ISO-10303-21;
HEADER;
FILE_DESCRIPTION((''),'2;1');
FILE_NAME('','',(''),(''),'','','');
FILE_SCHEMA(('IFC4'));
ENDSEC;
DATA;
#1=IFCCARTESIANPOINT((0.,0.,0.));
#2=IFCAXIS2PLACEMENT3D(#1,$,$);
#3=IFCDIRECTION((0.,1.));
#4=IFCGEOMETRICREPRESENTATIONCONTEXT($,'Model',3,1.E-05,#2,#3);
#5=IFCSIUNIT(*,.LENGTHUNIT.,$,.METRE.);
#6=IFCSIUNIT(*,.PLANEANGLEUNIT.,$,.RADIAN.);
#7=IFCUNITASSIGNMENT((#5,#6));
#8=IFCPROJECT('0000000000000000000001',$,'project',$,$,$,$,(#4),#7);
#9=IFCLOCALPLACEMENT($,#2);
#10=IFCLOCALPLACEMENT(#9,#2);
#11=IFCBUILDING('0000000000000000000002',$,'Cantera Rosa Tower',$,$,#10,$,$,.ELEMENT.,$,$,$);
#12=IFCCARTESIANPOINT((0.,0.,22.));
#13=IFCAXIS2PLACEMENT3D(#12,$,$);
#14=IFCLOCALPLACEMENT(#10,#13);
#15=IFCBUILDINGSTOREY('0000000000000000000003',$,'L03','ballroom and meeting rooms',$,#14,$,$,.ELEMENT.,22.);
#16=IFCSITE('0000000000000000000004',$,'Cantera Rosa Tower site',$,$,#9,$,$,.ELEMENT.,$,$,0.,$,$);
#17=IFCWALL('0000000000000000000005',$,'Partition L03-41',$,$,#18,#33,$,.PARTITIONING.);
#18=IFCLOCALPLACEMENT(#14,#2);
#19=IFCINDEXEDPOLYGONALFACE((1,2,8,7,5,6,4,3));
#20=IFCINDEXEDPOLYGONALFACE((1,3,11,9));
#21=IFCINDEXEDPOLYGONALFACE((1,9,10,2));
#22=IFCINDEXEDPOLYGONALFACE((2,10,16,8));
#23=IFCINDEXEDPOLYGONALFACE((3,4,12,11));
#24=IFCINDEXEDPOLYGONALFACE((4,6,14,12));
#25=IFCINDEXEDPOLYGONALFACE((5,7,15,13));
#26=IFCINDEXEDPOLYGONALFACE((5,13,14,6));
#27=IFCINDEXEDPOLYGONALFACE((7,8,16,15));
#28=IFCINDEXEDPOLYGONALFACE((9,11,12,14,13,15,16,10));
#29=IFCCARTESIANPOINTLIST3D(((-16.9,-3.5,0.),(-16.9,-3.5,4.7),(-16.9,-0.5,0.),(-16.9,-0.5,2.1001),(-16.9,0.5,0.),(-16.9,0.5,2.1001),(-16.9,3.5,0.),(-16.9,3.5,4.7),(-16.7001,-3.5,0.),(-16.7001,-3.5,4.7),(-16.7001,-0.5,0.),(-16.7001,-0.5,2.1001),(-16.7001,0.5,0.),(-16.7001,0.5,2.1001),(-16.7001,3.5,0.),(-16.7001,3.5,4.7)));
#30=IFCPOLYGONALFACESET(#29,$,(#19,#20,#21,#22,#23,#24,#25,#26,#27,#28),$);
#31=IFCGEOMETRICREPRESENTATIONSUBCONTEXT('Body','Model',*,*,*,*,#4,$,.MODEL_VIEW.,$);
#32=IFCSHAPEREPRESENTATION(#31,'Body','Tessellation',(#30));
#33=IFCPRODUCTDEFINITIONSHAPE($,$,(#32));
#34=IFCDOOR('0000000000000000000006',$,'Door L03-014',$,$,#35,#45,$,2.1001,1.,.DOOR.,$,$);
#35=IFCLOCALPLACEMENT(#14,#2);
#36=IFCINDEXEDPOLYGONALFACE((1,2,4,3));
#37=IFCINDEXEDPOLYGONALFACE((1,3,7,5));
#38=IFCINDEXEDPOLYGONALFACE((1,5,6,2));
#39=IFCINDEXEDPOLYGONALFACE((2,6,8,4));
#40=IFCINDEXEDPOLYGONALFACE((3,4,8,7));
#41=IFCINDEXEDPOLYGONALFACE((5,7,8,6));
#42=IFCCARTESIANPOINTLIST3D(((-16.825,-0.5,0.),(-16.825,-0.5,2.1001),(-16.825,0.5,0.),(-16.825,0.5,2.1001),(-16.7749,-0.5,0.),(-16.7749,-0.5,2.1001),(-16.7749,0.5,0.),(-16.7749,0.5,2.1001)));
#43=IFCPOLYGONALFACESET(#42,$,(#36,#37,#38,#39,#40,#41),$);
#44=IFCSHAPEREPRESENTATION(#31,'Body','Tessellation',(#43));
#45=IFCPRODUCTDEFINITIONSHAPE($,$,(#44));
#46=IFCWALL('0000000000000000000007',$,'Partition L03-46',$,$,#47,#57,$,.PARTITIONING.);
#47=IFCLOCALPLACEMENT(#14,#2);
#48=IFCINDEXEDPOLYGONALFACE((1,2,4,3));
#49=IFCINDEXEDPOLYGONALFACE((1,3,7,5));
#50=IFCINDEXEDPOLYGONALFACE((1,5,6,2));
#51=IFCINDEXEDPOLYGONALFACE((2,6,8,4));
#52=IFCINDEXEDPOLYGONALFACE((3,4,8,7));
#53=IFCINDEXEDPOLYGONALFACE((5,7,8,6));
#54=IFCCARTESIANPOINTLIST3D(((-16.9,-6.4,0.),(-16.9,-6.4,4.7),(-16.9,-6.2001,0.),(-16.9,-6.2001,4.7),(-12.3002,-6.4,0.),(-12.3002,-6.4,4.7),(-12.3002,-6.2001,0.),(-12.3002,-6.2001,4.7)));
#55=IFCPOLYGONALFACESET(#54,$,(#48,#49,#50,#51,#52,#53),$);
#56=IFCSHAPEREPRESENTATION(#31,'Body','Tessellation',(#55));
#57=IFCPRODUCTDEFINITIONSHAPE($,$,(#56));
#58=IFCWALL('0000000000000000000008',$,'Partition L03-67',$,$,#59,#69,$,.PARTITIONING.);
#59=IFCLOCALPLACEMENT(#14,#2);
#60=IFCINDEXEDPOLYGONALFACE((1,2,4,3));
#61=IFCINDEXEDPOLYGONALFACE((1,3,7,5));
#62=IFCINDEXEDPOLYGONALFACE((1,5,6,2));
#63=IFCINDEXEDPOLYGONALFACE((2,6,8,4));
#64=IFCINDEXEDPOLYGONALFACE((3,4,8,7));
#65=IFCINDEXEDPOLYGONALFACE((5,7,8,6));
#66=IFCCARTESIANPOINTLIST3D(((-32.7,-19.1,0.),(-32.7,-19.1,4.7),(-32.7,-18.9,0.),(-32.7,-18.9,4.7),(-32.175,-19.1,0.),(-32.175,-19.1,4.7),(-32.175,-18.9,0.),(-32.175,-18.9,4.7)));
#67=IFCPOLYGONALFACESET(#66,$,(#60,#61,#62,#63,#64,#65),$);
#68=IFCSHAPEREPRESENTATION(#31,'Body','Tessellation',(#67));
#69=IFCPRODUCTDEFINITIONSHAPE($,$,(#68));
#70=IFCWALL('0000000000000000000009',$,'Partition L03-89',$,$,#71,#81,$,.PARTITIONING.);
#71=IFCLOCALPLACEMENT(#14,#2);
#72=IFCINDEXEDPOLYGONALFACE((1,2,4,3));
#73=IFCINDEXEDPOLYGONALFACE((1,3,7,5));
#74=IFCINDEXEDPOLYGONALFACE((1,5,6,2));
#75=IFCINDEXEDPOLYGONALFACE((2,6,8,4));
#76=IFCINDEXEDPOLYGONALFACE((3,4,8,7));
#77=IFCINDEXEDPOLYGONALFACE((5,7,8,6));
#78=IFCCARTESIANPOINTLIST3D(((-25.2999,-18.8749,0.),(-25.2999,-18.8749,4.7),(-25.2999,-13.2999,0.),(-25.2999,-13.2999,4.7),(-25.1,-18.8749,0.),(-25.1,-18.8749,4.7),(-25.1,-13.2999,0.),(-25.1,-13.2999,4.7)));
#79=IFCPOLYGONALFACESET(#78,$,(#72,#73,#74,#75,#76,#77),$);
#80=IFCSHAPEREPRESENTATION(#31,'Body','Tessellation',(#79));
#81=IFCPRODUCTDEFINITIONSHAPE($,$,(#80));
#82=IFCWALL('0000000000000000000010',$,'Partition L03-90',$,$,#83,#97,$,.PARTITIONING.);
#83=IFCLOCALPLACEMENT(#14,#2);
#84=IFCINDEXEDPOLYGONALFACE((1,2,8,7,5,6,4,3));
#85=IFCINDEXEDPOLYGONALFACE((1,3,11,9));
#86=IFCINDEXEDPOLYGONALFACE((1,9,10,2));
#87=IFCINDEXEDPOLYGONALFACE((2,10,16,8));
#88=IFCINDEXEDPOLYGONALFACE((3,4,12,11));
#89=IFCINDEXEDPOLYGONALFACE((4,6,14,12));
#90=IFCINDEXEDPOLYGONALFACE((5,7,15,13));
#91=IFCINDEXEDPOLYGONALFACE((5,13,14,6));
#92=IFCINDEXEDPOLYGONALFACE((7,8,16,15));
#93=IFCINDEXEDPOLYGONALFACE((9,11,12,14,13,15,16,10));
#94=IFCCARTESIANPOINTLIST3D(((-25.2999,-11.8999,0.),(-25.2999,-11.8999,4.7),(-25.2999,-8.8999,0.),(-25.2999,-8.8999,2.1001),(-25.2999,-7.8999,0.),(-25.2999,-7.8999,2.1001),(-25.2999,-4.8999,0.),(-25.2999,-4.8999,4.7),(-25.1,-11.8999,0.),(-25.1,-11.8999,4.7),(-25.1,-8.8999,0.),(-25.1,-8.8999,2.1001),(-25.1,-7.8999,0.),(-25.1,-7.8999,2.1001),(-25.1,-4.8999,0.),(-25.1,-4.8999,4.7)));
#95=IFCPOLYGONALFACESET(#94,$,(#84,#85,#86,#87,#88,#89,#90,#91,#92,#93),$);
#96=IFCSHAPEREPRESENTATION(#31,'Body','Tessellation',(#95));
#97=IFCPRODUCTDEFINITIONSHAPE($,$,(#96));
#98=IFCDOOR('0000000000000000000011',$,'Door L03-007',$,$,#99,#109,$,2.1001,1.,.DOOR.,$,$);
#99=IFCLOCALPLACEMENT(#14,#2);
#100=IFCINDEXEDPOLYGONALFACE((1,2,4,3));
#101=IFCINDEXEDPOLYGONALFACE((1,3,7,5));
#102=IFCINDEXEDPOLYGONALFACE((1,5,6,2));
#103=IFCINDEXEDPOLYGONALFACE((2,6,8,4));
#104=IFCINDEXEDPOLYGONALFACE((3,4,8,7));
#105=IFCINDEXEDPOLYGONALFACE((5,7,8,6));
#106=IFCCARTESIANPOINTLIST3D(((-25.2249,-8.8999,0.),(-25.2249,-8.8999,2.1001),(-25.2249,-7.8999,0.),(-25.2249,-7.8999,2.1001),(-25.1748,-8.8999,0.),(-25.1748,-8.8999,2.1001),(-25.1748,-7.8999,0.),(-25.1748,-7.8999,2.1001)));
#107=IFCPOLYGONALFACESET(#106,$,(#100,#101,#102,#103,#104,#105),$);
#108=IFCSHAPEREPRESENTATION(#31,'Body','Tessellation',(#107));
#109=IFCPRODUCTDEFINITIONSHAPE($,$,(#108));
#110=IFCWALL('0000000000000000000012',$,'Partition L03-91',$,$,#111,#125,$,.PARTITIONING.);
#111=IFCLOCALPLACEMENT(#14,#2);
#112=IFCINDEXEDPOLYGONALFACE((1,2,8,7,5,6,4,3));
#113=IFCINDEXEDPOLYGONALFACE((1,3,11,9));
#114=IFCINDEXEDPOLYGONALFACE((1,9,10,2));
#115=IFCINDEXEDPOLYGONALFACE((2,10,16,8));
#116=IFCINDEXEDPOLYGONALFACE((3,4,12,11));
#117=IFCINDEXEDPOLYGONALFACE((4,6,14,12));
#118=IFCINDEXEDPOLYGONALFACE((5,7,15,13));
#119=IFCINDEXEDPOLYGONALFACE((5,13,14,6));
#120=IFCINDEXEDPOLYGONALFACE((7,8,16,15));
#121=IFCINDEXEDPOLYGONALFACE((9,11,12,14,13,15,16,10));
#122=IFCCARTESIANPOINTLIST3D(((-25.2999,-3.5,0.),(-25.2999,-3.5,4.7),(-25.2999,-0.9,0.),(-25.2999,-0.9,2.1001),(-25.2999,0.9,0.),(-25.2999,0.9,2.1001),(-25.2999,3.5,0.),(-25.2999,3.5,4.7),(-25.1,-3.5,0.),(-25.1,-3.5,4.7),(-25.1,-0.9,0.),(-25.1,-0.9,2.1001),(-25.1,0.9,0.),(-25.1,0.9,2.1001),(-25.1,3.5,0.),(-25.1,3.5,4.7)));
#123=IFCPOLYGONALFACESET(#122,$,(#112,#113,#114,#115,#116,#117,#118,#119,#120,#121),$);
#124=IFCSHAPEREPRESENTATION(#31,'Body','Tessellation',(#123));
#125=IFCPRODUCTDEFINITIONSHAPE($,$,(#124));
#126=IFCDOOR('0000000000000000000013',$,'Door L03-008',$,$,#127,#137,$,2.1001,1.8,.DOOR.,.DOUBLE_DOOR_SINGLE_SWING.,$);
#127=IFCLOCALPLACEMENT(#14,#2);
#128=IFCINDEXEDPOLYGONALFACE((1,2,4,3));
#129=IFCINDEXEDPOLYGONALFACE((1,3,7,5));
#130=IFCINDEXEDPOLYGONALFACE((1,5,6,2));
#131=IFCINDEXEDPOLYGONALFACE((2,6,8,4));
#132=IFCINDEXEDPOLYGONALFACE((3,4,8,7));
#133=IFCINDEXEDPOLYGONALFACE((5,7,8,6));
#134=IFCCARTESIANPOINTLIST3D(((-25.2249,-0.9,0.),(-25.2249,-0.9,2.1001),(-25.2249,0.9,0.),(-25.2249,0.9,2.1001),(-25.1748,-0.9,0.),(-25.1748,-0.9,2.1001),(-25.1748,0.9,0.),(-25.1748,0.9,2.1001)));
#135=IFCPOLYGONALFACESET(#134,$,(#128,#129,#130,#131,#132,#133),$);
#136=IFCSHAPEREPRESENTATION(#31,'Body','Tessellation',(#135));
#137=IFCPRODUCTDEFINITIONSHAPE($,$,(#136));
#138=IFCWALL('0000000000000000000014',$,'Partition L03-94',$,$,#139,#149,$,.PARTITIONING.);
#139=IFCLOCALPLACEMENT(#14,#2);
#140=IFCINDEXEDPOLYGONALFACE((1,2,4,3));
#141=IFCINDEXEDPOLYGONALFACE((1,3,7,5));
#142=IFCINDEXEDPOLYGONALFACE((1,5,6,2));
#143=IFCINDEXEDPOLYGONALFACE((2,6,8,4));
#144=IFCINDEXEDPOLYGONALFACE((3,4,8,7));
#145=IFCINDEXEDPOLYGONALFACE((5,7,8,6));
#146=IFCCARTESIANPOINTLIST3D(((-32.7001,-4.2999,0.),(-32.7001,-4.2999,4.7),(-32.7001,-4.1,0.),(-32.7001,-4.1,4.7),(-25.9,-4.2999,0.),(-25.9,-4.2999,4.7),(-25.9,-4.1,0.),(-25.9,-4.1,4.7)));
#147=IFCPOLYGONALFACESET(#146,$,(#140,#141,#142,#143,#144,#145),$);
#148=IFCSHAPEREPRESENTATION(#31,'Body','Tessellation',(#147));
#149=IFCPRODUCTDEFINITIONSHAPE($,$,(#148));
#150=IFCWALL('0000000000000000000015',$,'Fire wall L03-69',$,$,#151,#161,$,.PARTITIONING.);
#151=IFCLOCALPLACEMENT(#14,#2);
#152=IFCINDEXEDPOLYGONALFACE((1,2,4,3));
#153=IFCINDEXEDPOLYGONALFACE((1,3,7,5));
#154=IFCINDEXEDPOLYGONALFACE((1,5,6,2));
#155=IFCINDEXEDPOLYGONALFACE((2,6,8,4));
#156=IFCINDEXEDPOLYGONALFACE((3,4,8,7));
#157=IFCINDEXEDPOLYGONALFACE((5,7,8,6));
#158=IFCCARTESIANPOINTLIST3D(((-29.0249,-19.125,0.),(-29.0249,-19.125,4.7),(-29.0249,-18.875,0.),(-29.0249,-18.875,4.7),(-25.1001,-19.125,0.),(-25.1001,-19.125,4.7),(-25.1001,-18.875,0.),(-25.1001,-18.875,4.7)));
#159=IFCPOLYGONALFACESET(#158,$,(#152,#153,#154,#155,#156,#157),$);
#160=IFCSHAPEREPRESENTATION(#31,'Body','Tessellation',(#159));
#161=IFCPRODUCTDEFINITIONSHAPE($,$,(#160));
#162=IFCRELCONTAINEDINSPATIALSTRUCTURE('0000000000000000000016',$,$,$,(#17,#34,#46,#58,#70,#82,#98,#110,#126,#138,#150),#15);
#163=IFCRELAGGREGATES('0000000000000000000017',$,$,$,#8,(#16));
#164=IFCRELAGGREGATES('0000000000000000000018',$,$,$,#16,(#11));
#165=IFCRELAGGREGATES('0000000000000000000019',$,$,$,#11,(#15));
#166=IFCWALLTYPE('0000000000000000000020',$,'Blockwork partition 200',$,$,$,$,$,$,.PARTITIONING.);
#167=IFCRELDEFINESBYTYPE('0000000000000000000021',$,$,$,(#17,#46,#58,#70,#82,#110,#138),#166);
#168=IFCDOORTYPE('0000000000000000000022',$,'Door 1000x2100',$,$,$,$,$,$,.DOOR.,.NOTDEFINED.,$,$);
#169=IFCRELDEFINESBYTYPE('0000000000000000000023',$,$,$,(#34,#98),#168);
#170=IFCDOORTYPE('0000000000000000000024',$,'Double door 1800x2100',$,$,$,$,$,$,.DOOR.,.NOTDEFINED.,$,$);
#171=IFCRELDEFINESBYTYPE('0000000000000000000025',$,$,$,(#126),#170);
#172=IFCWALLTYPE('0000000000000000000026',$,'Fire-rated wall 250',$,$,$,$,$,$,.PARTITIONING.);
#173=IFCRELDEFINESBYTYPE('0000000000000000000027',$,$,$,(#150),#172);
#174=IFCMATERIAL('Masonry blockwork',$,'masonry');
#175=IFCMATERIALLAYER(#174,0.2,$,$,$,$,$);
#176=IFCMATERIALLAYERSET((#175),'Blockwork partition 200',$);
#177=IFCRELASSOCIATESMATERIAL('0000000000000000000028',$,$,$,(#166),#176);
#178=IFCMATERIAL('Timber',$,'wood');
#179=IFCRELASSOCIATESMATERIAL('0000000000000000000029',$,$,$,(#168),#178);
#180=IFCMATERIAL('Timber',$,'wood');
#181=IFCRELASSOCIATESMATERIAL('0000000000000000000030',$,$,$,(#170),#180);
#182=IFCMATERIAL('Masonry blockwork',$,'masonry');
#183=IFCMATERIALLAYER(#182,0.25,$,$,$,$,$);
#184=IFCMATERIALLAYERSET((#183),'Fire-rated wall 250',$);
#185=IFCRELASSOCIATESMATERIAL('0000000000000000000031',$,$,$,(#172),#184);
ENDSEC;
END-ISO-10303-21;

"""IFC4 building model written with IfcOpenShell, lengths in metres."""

from ifc_helpers import new_model, si_unit, direction, frame, frame_2d, origin, place, context, subcontext, project, spatial, rectangle, extrude, material, layer, layer_set, type_object, element, fill, save


model = new_model("IFC4")

# Units and contexts
model_context = context("Model", 3, precision=1e-05, world=origin(), true_north=direction((0.0, 1.0)))
body_context = subcontext(model_context, "Body", "Model", "MODEL_VIEW")
ifc_project = project(units=[si_unit("LENGTHUNIT", "METRE"), si_unit("PLANEANGLEUNIT", "RADIAN")], contexts=[model_context])

# Site, building, storey
site_placement = place(None, origin())
site = spatial("IfcSite", under=ifc_project, at=site_placement, Name="Cantera Rosa Tower site", CompositionType="ELEMENT", RefElevation=0.0)
building_placement = place(site_placement, origin())
building = spatial("IfcBuilding", under=site, at=building_placement, Name="Cantera Rosa Tower", CompositionType="ELEMENT")
storey_placement = place(building_placement, frame((0.0, 0.0, 22.0)))
storey = spatial("IfcBuildingStorey", under=building, at=storey_placement, Name="L03", Description="ballroom and meeting rooms", CompositionType="ELEMENT", Elevation=22.0)

# Shared definitions
ifc_material_1 = material(Name="Masonry blockwork", Category="masonry")
ifc_layer_1 = layer(ifc_material_1, 0.2)
ifc_layer_set_1 = layer_set([ifc_layer_1], Name="Blockwork partition 200")
wall_type_1 = type_object("IfcWallType", Name="Blockwork partition 200", PredefinedType="PARTITIONING", material=ifc_layer_set_1)

# Shared definitions
ifc_material_2 = material(Name="Timber", Category="wood")
door_type_1 = type_object("IfcDoorType", Name="Door 1000x2100", OperationType="NOTDEFINED", PredefinedType="DOOR", material=ifc_material_2)

# Wall, opening, door
wall_1_placement = place(storey_placement, frame((-16.8, -3.5, 0.0), z_axis=(0.0, 0.0, 1.0), x_axis=(0.0, 1.0, 0.0)))
wall_1 = element("IfcWall", 1, at=wall_1_placement, inside=storey, type_object=wall_type_1, Name="Partition L03-41", PredefinedType="PARTITIONING", context=body_context, shape_type="SweptSolid", body=[
    extrude(rectangle(XDim=7.0, YDim=0.2, at=frame_2d((3.5, 0.0))), origin(), (0.0, 0.0, 1.0), 4.7),
])
opening_1_placement = place(wall_1_placement, frame((3.0, 0.0, 0.0)))
opening_1 = element("IfcOpeningElement", 2, at=opening_1_placement, cuts=wall_1, PredefinedType="OPENING", context=body_context, shape_type="SweptSolid", body=[
    extrude(rectangle(XDim=1.0, YDim=2.1001, at=frame_2d((0.5, 1.05))), frame((0.0, 0.1099, 0.0), z_axis=(0.0, -1.0, 0.0), x_axis=(1.0, 0.0, 0.0)), (0.0, 0.0, 1.0), 0.22),
])
door_1_placement = place(opening_1_placement, origin())
door_1 = element("IfcDoor", 3, at=door_1_placement, inside=storey, type_object=door_type_1, Name="Door L03-014", OverallHeight=2.1001, OverallWidth=1.0, PredefinedType="DOOR", context=body_context, shape_type="SweptSolid", body=[
    extrude(rectangle(XDim=1.0, YDim=2.1001, at=frame_2d((0.5, 1.05))), frame((0.0, 0.0249, 0.0), z_axis=(0.0, -1.0, 0.0), x_axis=(1.0, 0.0, 0.0)), (0.0, 0.0, 1.0), 0.05),
])
fill(opening_1, door_1)

# Walls
wall_2_placement = place(storey_placement, frame((-16.8999, -6.3, 0.0), z_axis=(0.0, 0.0, 1.0), x_axis=(1.0, 0.0, 0.0)))
element("IfcWall", 4, at=wall_2_placement, inside=storey, type_object=wall_type_1, Name="Partition L03-46", PredefinedType="PARTITIONING", context=body_context, shape_type="SweptSolid", body=[
    extrude(rectangle(XDim=4.5999, YDim=0.2, at=frame_2d((2.2998, 0.0))), origin(), (0.0, 0.0, 1.0), 4.7),
])
wall_3_placement = place(storey_placement, frame((-32.7, -19.0, 0.0), z_axis=(0.0, 0.0, 1.0), x_axis=(1.0, 0.0, 0.0)))
element("IfcWall", 5, at=wall_3_placement, inside=storey, type_object=wall_type_1, Name="Partition L03-67", PredefinedType="PARTITIONING", context=body_context, shape_type="SweptSolid", body=[
    extrude(rectangle(XDim=0.5249, YDim=0.2, at=frame_2d((0.2625, 0.0))), origin(), (0.0, 0.0, 1.0), 4.7),
])
wall_4_placement = place(storey_placement, frame((-25.2, -18.875, 0.0), z_axis=(0.0, 0.0, 1.0), x_axis=(0.0, 1.0, 0.0)))
element("IfcWall", 6, at=wall_4_placement, inside=storey, type_object=wall_type_1, Name="Partition L03-89", PredefinedType="PARTITIONING", context=body_context, shape_type="SweptSolid", body=[
    extrude(rectangle(XDim=5.575, YDim=0.2, at=frame_2d((2.7876, 0.0))), origin(), (0.0, 0.0, 1.0), 4.7),
])

# Walls, openings, doors
wall_5_placement = place(storey_placement, frame((-25.2, -11.8999, 0.0), z_axis=(0.0, 0.0, 1.0), x_axis=(0.0, 1.0, 0.0)))
wall_5 = element("IfcWall", 7, at=wall_5_placement, inside=storey, type_object=wall_type_1, Name="Partition L03-90", PredefinedType="PARTITIONING", context=body_context, shape_type="SweptSolid", body=[
    extrude(rectangle(XDim=7.0, YDim=0.2, at=frame_2d((3.5, 0.0))), origin(), (0.0, 0.0, 1.0), 4.7),
])
opening_2_placement = place(wall_5_placement, frame((3.0, 0.0, 0.0)))
opening_2 = element("IfcOpeningElement", 8, at=opening_2_placement, cuts=wall_5, PredefinedType="OPENING", context=body_context, shape_type="SweptSolid", body=[
    extrude(rectangle(XDim=1.0, YDim=2.1001, at=frame_2d((0.5, 1.05))), frame((0.0, 0.1099, 0.0), z_axis=(0.0, -1.0, 0.0), x_axis=(1.0, 0.0, 0.0)), (0.0, 0.0, 1.0), 0.22),
])
door_2_placement = place(opening_2_placement, origin())
door_2 = element("IfcDoor", 9, at=door_2_placement, inside=storey, type_object=door_type_1, Name="Door L03-007", OverallHeight=2.1001, OverallWidth=1.0, PredefinedType="DOOR", context=body_context, shape_type="SweptSolid", body=[
    extrude(rectangle(XDim=1.0, YDim=2.1001, at=frame_2d((0.5, 1.05))), frame((0.0, 0.0249, 0.0), z_axis=(0.0, -1.0, 0.0), x_axis=(1.0, 0.0, 0.0)), (0.0, 0.0, 1.0), 0.05),
])
fill(opening_2, door_2)
wall_6_placement = place(storey_placement, frame((-25.2, -3.5, 0.0), z_axis=(0.0, 0.0, 1.0), x_axis=(0.0, 1.0, 0.0)))
wall_6 = element("IfcWall", 10, at=wall_6_placement, inside=storey, type_object=wall_type_1, Name="Partition L03-91", PredefinedType="PARTITIONING", context=body_context, shape_type="SweptSolid", body=[
    extrude(rectangle(XDim=7.0, YDim=0.2, at=frame_2d((3.5, 0.0))), origin(), (0.0, 0.0, 1.0), 4.7),
])
opening_3_placement = place(wall_6_placement, frame((2.6001, 0.0, 0.0)))
opening_3 = element("IfcOpeningElement", 11, at=opening_3_placement, cuts=wall_6, PredefinedType="OPENING", context=body_context, shape_type="SweptSolid", body=[
    extrude(rectangle(XDim=1.8, YDim=2.1001, at=frame_2d((0.8999, 1.05))), frame((0.0, 0.1099, 0.0), z_axis=(0.0, -1.0, 0.0), x_axis=(1.0, 0.0, 0.0)), (0.0, 0.0, 1.0), 0.22),
])
ifc_material_3 = material(Name="Timber", Category="wood")
door_type_2 = type_object("IfcDoorType", Name="Double door 1800x2100", OperationType="NOTDEFINED", PredefinedType="DOOR", material=ifc_material_3)
door_3_placement = place(opening_3_placement, origin())
door_3 = element("IfcDoor", 12, at=door_3_placement, inside=storey, type_object=door_type_2, Name="Door L03-008", OperationType="DOUBLE_DOOR_SINGLE_SWING", OverallHeight=2.1001, OverallWidth=1.8, PredefinedType="DOOR", context=body_context, shape_type="SweptSolid", body=[
    extrude(rectangle(XDim=1.8, YDim=2.1001, at=frame_2d((0.8999, 1.05))), frame((0.0, 0.0249, 0.0), z_axis=(0.0, -1.0, 0.0), x_axis=(1.0, 0.0, 0.0)), (0.0, 0.0, 1.0), 0.05),
])
fill(opening_3, door_3)

# Walls
wall_7_placement = place(storey_placement, frame((-32.7, -4.2, 0.0), z_axis=(0.0, 0.0, 1.0), x_axis=(1.0, 0.0, 0.0)))
element("IfcWall", 13, at=wall_7_placement, inside=storey, type_object=wall_type_1, Name="Partition L03-94", PredefinedType="PARTITIONING", context=body_context, shape_type="SweptSolid", body=[
    extrude(rectangle(XDim=6.8, YDim=0.2, at=frame_2d((3.3999, 0.0))), origin(), (0.0, 0.0, 1.0), 4.7),
])
ifc_material_4 = material(Name="Masonry blockwork", Category="masonry")
ifc_layer_2 = layer(ifc_material_4, 0.25)
ifc_layer_set_2 = layer_set([ifc_layer_2], Name="Fire-rated wall 250")
wall_type_2 = type_object("IfcWallType", Name="Fire-rated wall 250", PredefinedType="PARTITIONING", material=ifc_layer_set_2)
wall_8_placement = place(storey_placement, frame((-29.0249, -19.0, 0.0), z_axis=(0.0, 0.0, 1.0), x_axis=(1.0, 0.0, 0.0)))
element("IfcWall", 14, at=wall_8_placement, inside=storey, type_object=wall_type_2, Name="Fire wall L03-69", PredefinedType="PARTITIONING", context=body_context, shape_type="SweptSolid", body=[
    extrude(rectangle(XDim=3.9248, YDim=0.25, at=frame_2d((1.9624, 0.0))), origin(), (0.0, 0.0, 1.0), 4.7),
])

save(model, "model.ifc")
